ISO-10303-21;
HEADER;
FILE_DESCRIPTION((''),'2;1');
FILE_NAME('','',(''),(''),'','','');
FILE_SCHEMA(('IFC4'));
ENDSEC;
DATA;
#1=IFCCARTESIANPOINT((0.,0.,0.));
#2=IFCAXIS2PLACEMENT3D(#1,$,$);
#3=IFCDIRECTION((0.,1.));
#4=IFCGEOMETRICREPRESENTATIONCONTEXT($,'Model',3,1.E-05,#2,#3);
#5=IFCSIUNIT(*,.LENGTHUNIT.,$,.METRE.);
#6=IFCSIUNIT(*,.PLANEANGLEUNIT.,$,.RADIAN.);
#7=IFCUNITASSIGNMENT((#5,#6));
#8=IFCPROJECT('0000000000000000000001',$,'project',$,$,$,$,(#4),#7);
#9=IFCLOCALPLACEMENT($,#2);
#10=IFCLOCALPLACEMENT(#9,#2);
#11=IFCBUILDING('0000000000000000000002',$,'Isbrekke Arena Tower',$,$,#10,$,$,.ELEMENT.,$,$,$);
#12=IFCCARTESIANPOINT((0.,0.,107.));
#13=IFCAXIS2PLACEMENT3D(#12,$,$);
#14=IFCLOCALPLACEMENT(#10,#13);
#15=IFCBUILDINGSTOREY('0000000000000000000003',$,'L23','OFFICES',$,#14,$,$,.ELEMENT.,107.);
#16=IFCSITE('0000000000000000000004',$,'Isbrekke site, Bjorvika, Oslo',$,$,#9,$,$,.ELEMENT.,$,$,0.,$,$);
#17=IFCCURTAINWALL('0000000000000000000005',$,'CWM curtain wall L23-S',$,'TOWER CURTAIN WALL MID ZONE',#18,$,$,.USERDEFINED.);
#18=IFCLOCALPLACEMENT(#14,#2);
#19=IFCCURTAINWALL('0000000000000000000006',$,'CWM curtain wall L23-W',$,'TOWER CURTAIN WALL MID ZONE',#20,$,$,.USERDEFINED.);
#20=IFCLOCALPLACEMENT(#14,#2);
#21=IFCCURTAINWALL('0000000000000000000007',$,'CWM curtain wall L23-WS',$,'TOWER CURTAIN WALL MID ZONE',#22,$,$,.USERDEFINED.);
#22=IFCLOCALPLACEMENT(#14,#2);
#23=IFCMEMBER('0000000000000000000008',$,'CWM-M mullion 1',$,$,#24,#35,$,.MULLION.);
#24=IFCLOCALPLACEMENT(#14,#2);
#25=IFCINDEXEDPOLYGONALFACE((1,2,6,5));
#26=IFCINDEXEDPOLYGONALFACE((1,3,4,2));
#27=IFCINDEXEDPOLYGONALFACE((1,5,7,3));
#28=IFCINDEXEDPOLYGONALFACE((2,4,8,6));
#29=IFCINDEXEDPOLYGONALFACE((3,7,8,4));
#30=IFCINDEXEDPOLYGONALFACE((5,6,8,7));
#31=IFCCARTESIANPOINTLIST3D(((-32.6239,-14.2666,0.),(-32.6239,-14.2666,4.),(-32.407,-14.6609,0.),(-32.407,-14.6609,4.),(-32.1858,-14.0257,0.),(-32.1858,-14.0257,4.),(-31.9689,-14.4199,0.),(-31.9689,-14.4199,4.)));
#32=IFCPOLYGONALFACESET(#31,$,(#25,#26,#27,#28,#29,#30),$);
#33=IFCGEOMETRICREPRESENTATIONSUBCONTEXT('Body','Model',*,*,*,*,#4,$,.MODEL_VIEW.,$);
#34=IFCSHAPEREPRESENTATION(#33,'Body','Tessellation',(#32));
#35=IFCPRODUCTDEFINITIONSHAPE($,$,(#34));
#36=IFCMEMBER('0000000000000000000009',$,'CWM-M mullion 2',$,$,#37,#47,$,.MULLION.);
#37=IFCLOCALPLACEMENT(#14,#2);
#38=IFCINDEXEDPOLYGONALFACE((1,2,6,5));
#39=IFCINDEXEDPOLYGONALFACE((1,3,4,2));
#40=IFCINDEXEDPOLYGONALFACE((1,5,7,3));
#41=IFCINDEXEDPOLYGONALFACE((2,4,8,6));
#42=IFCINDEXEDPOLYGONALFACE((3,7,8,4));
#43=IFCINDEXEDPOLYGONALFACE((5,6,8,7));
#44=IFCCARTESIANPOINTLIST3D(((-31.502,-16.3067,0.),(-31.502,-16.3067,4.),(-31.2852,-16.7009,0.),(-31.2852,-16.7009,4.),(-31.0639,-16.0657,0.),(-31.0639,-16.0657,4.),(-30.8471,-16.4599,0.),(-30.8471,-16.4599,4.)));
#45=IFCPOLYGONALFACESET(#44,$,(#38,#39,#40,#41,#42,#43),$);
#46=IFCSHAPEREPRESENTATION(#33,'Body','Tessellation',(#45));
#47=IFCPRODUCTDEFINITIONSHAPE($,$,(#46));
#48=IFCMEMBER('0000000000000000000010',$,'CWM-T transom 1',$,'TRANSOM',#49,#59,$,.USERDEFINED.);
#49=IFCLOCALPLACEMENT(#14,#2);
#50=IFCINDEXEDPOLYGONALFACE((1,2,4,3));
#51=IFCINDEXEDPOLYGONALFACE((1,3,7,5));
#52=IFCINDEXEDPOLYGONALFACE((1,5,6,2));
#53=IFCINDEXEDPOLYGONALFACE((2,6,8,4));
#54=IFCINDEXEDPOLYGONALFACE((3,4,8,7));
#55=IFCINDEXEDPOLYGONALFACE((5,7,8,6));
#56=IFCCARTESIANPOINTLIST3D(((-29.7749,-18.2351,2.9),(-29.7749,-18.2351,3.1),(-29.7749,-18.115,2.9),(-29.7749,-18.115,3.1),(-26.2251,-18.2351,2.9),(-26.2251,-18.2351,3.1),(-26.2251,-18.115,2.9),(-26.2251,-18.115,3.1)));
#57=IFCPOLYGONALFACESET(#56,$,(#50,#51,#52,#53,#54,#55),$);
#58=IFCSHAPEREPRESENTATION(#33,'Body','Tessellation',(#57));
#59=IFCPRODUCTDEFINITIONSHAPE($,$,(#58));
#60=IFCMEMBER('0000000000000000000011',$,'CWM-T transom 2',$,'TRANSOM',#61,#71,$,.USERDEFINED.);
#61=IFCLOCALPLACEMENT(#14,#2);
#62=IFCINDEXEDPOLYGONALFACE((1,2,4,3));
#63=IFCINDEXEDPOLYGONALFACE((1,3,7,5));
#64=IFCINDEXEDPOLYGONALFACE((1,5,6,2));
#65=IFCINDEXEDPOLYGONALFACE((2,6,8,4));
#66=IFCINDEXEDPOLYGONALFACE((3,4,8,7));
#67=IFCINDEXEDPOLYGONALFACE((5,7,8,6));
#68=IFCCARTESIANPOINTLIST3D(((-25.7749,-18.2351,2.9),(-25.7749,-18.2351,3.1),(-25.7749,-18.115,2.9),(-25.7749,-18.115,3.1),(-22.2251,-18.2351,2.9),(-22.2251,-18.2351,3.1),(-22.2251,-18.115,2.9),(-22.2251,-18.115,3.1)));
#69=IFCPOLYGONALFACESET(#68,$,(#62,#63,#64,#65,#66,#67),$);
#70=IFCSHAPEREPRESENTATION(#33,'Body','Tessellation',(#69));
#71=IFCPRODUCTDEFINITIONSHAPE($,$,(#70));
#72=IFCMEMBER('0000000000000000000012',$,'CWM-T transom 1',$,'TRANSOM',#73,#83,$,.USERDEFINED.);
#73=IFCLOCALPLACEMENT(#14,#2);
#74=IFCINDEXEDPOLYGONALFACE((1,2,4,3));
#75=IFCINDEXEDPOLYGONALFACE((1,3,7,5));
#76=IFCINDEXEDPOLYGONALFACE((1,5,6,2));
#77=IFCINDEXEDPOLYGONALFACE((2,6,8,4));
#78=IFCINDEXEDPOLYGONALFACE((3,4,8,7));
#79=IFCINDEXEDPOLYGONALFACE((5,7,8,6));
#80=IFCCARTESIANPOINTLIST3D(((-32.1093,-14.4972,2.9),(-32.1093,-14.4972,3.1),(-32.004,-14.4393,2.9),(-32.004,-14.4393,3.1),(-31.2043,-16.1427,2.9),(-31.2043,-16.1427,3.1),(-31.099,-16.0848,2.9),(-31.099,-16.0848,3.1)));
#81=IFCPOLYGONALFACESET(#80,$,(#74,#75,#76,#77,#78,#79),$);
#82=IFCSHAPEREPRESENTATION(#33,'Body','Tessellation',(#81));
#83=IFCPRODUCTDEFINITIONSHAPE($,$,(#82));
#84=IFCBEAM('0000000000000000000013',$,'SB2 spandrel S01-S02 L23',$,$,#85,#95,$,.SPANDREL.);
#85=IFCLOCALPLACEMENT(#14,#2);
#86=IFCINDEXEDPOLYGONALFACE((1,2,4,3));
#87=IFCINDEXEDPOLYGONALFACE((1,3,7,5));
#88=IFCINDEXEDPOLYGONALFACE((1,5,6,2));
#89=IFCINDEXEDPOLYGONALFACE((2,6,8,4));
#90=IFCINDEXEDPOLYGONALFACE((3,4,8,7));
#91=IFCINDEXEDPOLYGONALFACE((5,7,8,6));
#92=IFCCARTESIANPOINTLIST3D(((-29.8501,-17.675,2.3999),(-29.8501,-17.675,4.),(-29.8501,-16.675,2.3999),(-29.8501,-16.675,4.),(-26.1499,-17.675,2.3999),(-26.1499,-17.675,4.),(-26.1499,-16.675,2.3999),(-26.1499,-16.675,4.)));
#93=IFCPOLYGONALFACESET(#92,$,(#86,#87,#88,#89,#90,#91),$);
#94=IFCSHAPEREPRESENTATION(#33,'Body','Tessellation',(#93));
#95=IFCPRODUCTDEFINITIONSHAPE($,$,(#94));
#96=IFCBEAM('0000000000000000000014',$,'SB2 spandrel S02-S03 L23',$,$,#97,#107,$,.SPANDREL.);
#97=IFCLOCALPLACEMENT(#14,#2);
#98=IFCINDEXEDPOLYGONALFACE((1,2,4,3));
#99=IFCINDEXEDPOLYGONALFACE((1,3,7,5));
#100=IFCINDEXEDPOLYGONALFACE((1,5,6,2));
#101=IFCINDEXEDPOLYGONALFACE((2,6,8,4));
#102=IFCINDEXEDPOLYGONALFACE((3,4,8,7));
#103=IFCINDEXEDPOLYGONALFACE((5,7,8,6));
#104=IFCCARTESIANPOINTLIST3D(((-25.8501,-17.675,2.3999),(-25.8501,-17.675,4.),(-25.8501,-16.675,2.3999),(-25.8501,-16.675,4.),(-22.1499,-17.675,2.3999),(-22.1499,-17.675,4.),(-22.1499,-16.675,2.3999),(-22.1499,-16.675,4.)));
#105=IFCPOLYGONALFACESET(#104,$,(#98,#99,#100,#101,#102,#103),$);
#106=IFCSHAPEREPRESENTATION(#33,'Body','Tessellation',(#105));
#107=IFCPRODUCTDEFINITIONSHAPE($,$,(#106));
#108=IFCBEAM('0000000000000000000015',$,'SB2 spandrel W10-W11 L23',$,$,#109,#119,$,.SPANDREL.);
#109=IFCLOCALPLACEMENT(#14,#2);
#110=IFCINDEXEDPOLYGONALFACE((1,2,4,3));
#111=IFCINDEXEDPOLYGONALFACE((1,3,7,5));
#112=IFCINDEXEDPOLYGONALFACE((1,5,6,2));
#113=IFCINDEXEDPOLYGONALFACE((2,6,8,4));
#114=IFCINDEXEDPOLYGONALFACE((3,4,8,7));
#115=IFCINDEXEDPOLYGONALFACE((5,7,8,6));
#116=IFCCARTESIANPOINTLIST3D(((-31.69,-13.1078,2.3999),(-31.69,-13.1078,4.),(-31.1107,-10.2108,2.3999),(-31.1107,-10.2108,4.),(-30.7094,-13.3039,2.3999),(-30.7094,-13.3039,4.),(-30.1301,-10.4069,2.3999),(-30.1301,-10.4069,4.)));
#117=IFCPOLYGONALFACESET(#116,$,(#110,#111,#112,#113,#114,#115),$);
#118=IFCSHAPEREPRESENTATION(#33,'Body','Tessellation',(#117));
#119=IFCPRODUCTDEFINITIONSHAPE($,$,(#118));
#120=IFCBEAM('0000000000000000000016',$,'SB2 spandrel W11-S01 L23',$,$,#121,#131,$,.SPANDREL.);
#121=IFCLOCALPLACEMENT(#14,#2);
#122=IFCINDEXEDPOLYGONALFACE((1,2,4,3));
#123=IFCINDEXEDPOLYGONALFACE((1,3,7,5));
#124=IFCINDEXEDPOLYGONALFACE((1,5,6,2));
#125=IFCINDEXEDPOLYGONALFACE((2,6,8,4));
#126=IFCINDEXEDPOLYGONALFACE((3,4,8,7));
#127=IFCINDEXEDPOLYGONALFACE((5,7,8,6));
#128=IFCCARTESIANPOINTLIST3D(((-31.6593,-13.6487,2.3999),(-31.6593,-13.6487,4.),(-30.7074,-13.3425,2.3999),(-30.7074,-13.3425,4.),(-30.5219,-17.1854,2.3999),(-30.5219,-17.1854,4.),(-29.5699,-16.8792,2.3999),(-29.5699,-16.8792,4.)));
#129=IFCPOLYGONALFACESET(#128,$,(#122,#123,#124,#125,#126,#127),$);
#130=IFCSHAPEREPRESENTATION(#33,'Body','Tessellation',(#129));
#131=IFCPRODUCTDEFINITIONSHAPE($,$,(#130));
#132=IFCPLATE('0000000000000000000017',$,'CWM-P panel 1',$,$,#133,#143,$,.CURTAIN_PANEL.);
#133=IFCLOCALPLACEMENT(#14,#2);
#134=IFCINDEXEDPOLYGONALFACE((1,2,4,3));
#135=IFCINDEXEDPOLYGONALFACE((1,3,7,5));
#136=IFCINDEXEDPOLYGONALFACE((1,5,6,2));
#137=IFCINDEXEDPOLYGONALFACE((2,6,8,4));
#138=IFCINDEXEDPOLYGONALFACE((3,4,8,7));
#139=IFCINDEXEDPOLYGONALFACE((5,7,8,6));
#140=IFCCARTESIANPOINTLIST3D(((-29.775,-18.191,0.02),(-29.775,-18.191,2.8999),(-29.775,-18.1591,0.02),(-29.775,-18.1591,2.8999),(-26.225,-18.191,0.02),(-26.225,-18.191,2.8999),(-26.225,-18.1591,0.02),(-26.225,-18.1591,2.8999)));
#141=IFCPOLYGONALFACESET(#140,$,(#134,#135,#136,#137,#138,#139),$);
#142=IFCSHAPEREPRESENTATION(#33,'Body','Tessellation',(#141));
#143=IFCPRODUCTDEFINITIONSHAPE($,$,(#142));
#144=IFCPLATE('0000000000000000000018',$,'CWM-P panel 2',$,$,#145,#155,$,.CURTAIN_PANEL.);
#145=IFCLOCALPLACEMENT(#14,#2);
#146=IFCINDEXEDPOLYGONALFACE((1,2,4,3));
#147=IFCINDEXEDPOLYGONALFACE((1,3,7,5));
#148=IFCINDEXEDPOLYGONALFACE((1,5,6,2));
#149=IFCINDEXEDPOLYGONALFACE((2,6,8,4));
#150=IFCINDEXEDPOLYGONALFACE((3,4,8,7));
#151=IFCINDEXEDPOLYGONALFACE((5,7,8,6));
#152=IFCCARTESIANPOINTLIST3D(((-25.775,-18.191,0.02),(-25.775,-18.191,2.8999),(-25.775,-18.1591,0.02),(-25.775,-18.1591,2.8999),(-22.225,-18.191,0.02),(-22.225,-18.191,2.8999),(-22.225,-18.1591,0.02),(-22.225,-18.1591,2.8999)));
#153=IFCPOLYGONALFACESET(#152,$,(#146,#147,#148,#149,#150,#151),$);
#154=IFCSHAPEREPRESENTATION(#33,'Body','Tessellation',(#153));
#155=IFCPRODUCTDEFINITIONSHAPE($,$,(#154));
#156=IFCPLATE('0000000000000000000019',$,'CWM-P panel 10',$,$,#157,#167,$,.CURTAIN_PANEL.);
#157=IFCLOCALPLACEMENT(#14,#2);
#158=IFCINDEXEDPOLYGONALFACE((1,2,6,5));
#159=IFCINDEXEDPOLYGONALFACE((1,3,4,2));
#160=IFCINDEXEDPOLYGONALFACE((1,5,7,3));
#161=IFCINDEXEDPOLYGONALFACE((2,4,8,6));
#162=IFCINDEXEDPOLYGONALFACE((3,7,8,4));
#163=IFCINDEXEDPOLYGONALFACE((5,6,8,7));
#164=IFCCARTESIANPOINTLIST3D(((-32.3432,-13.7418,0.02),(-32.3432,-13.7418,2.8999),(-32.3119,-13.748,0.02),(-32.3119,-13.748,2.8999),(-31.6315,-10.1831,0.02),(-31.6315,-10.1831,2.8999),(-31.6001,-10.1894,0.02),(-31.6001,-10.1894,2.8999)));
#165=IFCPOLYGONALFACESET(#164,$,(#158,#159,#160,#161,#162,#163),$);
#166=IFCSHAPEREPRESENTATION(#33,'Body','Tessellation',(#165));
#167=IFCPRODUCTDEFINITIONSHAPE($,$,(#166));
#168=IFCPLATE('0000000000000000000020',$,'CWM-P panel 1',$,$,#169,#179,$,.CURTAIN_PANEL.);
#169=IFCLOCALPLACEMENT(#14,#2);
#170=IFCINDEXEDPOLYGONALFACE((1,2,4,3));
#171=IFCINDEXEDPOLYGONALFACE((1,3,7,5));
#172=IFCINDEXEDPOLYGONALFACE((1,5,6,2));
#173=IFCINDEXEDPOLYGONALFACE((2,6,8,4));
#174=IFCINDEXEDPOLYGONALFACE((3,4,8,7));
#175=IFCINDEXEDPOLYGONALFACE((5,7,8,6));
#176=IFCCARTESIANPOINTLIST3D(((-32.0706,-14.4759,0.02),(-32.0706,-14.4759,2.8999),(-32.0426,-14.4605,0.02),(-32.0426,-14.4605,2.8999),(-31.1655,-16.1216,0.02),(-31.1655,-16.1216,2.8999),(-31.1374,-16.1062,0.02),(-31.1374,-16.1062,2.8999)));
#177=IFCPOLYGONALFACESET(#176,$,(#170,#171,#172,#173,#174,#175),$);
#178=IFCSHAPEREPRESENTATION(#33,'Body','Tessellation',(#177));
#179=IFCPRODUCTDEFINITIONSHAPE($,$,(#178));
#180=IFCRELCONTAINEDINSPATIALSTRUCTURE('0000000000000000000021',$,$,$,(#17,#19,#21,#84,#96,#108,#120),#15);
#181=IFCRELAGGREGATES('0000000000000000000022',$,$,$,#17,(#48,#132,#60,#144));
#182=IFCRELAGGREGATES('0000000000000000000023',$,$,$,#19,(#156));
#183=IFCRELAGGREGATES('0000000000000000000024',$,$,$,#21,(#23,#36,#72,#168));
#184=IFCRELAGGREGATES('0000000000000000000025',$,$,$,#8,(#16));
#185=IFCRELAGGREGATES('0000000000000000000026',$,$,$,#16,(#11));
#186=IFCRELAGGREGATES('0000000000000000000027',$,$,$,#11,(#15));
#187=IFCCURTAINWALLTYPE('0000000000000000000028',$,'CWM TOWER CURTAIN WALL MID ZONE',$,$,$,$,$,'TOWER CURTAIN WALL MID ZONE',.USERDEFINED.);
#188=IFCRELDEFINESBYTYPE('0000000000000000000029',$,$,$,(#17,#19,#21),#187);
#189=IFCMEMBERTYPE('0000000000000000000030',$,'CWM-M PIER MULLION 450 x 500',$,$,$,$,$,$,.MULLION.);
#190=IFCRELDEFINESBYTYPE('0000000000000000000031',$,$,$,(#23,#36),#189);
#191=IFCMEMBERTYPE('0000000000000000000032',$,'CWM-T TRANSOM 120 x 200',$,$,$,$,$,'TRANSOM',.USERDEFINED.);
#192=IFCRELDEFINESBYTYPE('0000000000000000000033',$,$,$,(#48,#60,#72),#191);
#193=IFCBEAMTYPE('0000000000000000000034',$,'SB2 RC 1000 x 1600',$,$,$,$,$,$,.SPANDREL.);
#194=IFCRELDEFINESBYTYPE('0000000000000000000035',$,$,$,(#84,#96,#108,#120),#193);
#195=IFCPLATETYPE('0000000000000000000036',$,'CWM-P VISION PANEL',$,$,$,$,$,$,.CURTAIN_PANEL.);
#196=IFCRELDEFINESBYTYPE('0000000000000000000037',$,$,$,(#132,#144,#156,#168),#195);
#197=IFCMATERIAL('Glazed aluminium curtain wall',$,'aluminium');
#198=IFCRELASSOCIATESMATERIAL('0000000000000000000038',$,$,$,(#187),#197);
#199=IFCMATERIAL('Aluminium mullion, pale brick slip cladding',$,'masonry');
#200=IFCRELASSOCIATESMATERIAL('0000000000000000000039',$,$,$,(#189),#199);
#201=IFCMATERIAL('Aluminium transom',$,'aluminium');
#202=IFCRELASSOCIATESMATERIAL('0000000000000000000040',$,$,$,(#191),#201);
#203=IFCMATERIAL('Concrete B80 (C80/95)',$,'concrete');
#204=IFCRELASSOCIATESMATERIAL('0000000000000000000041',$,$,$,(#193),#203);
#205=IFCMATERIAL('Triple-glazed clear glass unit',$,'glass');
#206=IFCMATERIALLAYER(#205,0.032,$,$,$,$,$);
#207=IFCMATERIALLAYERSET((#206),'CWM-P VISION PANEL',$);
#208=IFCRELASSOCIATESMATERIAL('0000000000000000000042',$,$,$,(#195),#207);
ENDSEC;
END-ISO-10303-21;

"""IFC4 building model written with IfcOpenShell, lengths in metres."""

from ifc_helpers import new_model, si_unit, direction, frame, origin, origin_2d, place, context, subcontext, project, spatial, rectangle, extrude, material, layer, layer_set, material_profile, profile_set, type_object, element, aggregate, save


model = new_model("IFC4")

# Units and contexts
model_context = context("Model", 3, precision=1e-05, world=origin(), true_north=direction((0.0, 1.0)))
body_context = subcontext(model_context, "Body", "Model", "MODEL_VIEW")
ifc_project = project(units=[si_unit("LENGTHUNIT", "METRE"), si_unit("PLANEANGLEUNIT", "RADIAN")], contexts=[model_context])

# Site, building, storey
site_placement = place(None, origin())
site = spatial("IfcSite", under=ifc_project, at=site_placement, Name="Isbrekke site, Bjorvika, Oslo", CompositionType="ELEMENT", RefElevation=0.0)
building_placement = place(site_placement, origin())
building = spatial("IfcBuilding", under=site, at=building_placement, Name="Isbrekke Arena Tower", CompositionType="ELEMENT")
storey_placement = place(building_placement, frame((0.0, 0.0, 107.0)))
storey = spatial("IfcBuildingStorey", under=building, at=storey_placement, Name="L23", Description="OFFICES", CompositionType="ELEMENT", Elevation=107.0)

# Curtain wall
ifc_material_1 = material(Name="Glazed aluminium curtain wall", Category="aluminium")
curtain_wall_type = type_object("IfcCurtainWallType", Name="CWM TOWER CURTAIN WALL MID ZONE", ElementType="TOWER CURTAIN WALL MID ZONE", PredefinedType="USERDEFINED", material=ifc_material_1)
curtain_wall_1_placement = place(storey_placement, origin())
curtain_wall_1 = element("IfcCurtainWall", 1, at=curtain_wall_1_placement, inside=storey, type_object=curtain_wall_type, Name="CWM curtain wall L23-S", ObjectType="TOWER CURTAIN WALL MID ZONE", PredefinedType="USERDEFINED")
ifc_material_2 = material(Name="Aluminium mullion, pale brick slip cladding", Category="masonry")
ifc_material_profile_1 = material_profile(ifc_material_2, rectangle(XDim=0.45, YDim=0.5, at=origin_2d()), Name="PIER 450X500")
ifc_profile_set_1 = profile_set([ifc_material_profile_1], Name="Aluminium mullion, pale brick slip cladding")
member_type_1 = type_object("IfcMemberType", Name="CWM-M PIER MULLION 450 x 500", PredefinedType="MULLION", material=ifc_profile_set_1)

# Curtain wall
curtain_wall_2_placement = place(storey_placement, origin())
curtain_wall_2 = element("IfcCurtainWall", 2, at=curtain_wall_2_placement, inside=storey, type_object=curtain_wall_type, Name="CWM curtain wall L23-W", ObjectType="TOWER CURTAIN WALL MID ZONE", PredefinedType="USERDEFINED")

# Curtain wall, members
curtain_wall_3_placement = place(storey_placement, origin())
curtain_wall_3 = element("IfcCurtainWall", 3, at=curtain_wall_3_placement, inside=storey, type_object=curtain_wall_type, Name="CWM curtain wall L23-WS", ObjectType="TOWER CURTAIN WALL MID ZONE", PredefinedType="USERDEFINED")
member_1_placement = place(storey_placement, frame((-32.2964, -14.3433, 0.0), z_axis=(0.0, 0.0, 1.0), x_axis=(0.481919, -0.876216, 0.0)))
member_1 = element("IfcMember", 4, at=member_1_placement, type_object=member_type_1, Name="CWM-M mullion 1", PredefinedType="MULLION", context=body_context, shape_type="SweptSolid", body=[
    extrude(rectangle(XDim=0.45, YDim=0.5, at=origin_2d()), origin(), (0.0, 0.0, 1.0), 4.0),
])
member_2_placement = place(storey_placement, frame((-31.1746, -16.3833, 0.0), z_axis=(0.0, 0.0, 1.0), x_axis=(0.481919, -0.876216, 0.0)))
member_2 = element("IfcMember", 5, at=member_2_placement, type_object=member_type_1, Name="CWM-M mullion 2", PredefinedType="MULLION", context=body_context, shape_type="SweptSolid", body=[
    extrude(rectangle(XDim=0.45, YDim=0.5, at=origin_2d()), origin(), (0.0, 0.0, 1.0), 4.0),
])

# Members
ifc_material_3 = material(Name="Aluminium transom", Category="aluminium")
ifc_material_profile_2 = material_profile(ifc_material_3, rectangle(XDim=0.1201, YDim=0.2, at=origin_2d()), Name="TRANSOM 120X200")
ifc_profile_set_2 = profile_set([ifc_material_profile_2], Name="Aluminium transom")
member_type_2 = type_object("IfcMemberType", Name="CWM-T TRANSOM 120 x 200", ElementType="TRANSOM", PredefinedType="USERDEFINED", material=ifc_profile_set_2)
member_3_placement = place(storey_placement, frame((-29.7749, -18.175, 3.0), z_axis=(1.0, 0.0, 0.0), x_axis=(0.0, 1.0, 0.0)))
member_3 = element("IfcMember", 6, at=member_3_placement, type_object=member_type_2, Name="CWM-T transom 1", ObjectType="TRANSOM", PredefinedType="USERDEFINED", context=body_context, shape_type="SweptSolid", body=[
    extrude(rectangle(XDim=0.1201, YDim=0.2, at=origin_2d()), origin(), (0.0, 0.0, 1.0), 3.5498),
])
member_4_placement = place(storey_placement, frame((-25.7749, -18.175, 3.0), z_axis=(1.0, 0.0, 0.0), x_axis=(0.0, 1.0, 0.0)))
member_4 = element("IfcMember", 7, at=member_4_placement, type_object=member_type_2, Name="CWM-T transom 2", ObjectType="TRANSOM", PredefinedType="USERDEFINED", context=body_context, shape_type="SweptSolid", body=[
    extrude(rectangle(XDim=0.1201, YDim=0.2, at=origin_2d()), origin(), (0.0, 0.0, 1.0), 3.5498),
])
member_5_placement = place(storey_placement, frame((-32.0566, -14.4683, 3.0), z_axis=(0.481919, -0.876216, 0.0), x_axis=(0.876216, 0.481919, 0.0)))
member_5 = element("IfcMember", 8, at=member_5_placement, type_object=member_type_2, Name="CWM-T transom 1", ObjectType="TRANSOM", PredefinedType="USERDEFINED", context=body_context, shape_type="SweptSolid", body=[
    extrude(rectangle(XDim=0.1201, YDim=0.2, at=origin_2d()), origin(), (0.0, 0.0, 1.0), 1.8779),
])

# Beams
ifc_material_4 = material(Name="Concrete B80 (C80/95)", Category="concrete")
ifc_material_profile_3 = material_profile(ifc_material_4, rectangle(XDim=1.0, YDim=1.6001, at=origin_2d()), Name="RC 1000x1600")
ifc_profile_set_3 = profile_set([ifc_material_profile_3], Name="Concrete B80 (C80/95)")
beam_type_1 = type_object("IfcBeamType", Name="SB2 RC 1000 x 1600", PredefinedType="SPANDREL", material=ifc_profile_set_3)
for number, where, z_axis, x_axis, name in (
    (9, (-29.8501, -17.175, 3.2), (1.0, 0.0, 0.0), (0.0, 1.0, 0.0), "SB2 spandrel S01-S02 L23"),
    (10, (-25.8501, -17.175, 3.2), (1.0, 0.0, 0.0), (0.0, 1.0, 0.0), "SB2 spandrel S02-S03 L23"),
):
    element("IfcBeam", number, at=place(storey_placement, frame(where, z_axis=z_axis, x_axis=x_axis)), inside=storey, type_object=beam_type_1, Name=name, PredefinedType="SPANDREL", context=body_context, shape_type="SweptSolid", body=[
        extrude(rectangle(XDim=1.0, YDim=1.6001, at=origin_2d()), origin(), (0.0, 0.0, 1.0), 3.7002),
    ])
beam_1_placement = place(storey_placement, frame((-30.6204, -10.3088, 3.2), z_axis=(-0.1961, -0.980584, 0.0), x_axis=(0.980584, -0.1961, 0.0)))
element("IfcBeam", 11, at=beam_1_placement, inside=storey, type_object=beam_type_1, Name="SB2 spandrel W10-W11 L23", PredefinedType="SPANDREL", context=body_context, shape_type="SweptSolid", body=[
    extrude(rectangle(XDim=1.0, YDim=1.6001, at=origin_2d()), origin(), (0.0, 0.0, 1.0), 2.9543),
])
beam_2_placement = place(storey_placement, frame((-31.1833, -13.4956, 3.2), z_axis=(0.306175, -0.951975, 0.0), x_axis=(0.951975, 0.306175, 0.0)))
element("IfcBeam", 12, at=beam_2_placement, inside=storey, type_object=beam_type_1, Name="SB2 spandrel W11-S01 L23", PredefinedType="SPANDREL", context=body_context, shape_type="SweptSolid", body=[
    extrude(rectangle(XDim=1.0, YDim=1.6001, at=origin_2d()), origin(), (0.0, 0.0, 1.0), 3.7151),
])

# Plates
ifc_material_5 = material(Name="Triple-glazed clear glass unit", Category="glass")
ifc_layer_1 = layer(ifc_material_5, 0.032)
ifc_layer_set_1 = layer_set([ifc_layer_1], Name="CWM-P VISION PANEL")
plate_type = type_object("IfcPlateType", Name="CWM-P VISION PANEL", PredefinedType="CURTAIN_PANEL", material=ifc_layer_set_1)
plate_1_placement = place(storey_placement, frame((-28.0, -18.175, 0.02), z_axis=(0.0, 0.0, 1.0), x_axis=(1.0, 0.0, 0.0)))
plate_1 = element("IfcPlate", 13, at=plate_1_placement, type_object=plate_type, Name="CWM-P panel 1", PredefinedType="CURTAIN_PANEL", context=body_context, shape_type="SweptSolid", body=[
    extrude(rectangle(XDim=3.55, YDim=0.032, at=origin_2d()), origin(), (0.0, 0.0, 1.0), 2.8799),
])
plate_2_placement = place(storey_placement, frame((-24.0, -18.175, 0.02), z_axis=(0.0, 0.0, 1.0), x_axis=(1.0, 0.0, 0.0)))
plate_2 = element("IfcPlate", 14, at=plate_2_placement, type_object=plate_type, Name="CWM-P panel 2", PredefinedType="CURTAIN_PANEL", context=body_context, shape_type="SweptSolid", body=[
    extrude(rectangle(XDim=3.55, YDim=0.032, at=origin_2d()), origin(), (0.0, 0.0, 1.0), 2.8799),
])
aggregate(curtain_wall_1, [member_3, plate_1, member_4, plate_2])
plate_3_placement = place(storey_placement, frame((-31.9717, -11.9656, 0.02), z_axis=(0.0, 0.0, 1.0), x_axis=(-0.196116, -0.980581, 0.0)))
plate_3 = element("IfcPlate", 15, at=plate_3_placement, type_object=plate_type, Name="CWM-P panel 10", PredefinedType="CURTAIN_PANEL", context=body_context, shape_type="SweptSolid", body=[
    extrude(rectangle(XDim=3.6292, YDim=0.032, at=origin_2d()), origin(), (0.0, 0.0, 1.0), 2.8799),
])
aggregate(curtain_wall_2, [plate_3])
plate_4_placement = place(storey_placement, frame((-31.604, -15.291, 0.02), z_axis=(0.0, 0.0, 1.0), x_axis=(0.481919, -0.876216, 0.0)))
plate_4 = element("IfcPlate", 16, at=plate_4_placement, type_object=plate_type, Name="CWM-P panel 1", PredefinedType="CURTAIN_PANEL", context=body_context, shape_type="SweptSolid", body=[
    extrude(rectangle(XDim=1.8782, YDim=0.032, at=origin_2d()), origin(), (0.0, 0.0, 1.0), 2.8799),
])
aggregate(curtain_wall_3, [member_1, member_2, member_5, plate_4])

save(model, "model.ifc")
